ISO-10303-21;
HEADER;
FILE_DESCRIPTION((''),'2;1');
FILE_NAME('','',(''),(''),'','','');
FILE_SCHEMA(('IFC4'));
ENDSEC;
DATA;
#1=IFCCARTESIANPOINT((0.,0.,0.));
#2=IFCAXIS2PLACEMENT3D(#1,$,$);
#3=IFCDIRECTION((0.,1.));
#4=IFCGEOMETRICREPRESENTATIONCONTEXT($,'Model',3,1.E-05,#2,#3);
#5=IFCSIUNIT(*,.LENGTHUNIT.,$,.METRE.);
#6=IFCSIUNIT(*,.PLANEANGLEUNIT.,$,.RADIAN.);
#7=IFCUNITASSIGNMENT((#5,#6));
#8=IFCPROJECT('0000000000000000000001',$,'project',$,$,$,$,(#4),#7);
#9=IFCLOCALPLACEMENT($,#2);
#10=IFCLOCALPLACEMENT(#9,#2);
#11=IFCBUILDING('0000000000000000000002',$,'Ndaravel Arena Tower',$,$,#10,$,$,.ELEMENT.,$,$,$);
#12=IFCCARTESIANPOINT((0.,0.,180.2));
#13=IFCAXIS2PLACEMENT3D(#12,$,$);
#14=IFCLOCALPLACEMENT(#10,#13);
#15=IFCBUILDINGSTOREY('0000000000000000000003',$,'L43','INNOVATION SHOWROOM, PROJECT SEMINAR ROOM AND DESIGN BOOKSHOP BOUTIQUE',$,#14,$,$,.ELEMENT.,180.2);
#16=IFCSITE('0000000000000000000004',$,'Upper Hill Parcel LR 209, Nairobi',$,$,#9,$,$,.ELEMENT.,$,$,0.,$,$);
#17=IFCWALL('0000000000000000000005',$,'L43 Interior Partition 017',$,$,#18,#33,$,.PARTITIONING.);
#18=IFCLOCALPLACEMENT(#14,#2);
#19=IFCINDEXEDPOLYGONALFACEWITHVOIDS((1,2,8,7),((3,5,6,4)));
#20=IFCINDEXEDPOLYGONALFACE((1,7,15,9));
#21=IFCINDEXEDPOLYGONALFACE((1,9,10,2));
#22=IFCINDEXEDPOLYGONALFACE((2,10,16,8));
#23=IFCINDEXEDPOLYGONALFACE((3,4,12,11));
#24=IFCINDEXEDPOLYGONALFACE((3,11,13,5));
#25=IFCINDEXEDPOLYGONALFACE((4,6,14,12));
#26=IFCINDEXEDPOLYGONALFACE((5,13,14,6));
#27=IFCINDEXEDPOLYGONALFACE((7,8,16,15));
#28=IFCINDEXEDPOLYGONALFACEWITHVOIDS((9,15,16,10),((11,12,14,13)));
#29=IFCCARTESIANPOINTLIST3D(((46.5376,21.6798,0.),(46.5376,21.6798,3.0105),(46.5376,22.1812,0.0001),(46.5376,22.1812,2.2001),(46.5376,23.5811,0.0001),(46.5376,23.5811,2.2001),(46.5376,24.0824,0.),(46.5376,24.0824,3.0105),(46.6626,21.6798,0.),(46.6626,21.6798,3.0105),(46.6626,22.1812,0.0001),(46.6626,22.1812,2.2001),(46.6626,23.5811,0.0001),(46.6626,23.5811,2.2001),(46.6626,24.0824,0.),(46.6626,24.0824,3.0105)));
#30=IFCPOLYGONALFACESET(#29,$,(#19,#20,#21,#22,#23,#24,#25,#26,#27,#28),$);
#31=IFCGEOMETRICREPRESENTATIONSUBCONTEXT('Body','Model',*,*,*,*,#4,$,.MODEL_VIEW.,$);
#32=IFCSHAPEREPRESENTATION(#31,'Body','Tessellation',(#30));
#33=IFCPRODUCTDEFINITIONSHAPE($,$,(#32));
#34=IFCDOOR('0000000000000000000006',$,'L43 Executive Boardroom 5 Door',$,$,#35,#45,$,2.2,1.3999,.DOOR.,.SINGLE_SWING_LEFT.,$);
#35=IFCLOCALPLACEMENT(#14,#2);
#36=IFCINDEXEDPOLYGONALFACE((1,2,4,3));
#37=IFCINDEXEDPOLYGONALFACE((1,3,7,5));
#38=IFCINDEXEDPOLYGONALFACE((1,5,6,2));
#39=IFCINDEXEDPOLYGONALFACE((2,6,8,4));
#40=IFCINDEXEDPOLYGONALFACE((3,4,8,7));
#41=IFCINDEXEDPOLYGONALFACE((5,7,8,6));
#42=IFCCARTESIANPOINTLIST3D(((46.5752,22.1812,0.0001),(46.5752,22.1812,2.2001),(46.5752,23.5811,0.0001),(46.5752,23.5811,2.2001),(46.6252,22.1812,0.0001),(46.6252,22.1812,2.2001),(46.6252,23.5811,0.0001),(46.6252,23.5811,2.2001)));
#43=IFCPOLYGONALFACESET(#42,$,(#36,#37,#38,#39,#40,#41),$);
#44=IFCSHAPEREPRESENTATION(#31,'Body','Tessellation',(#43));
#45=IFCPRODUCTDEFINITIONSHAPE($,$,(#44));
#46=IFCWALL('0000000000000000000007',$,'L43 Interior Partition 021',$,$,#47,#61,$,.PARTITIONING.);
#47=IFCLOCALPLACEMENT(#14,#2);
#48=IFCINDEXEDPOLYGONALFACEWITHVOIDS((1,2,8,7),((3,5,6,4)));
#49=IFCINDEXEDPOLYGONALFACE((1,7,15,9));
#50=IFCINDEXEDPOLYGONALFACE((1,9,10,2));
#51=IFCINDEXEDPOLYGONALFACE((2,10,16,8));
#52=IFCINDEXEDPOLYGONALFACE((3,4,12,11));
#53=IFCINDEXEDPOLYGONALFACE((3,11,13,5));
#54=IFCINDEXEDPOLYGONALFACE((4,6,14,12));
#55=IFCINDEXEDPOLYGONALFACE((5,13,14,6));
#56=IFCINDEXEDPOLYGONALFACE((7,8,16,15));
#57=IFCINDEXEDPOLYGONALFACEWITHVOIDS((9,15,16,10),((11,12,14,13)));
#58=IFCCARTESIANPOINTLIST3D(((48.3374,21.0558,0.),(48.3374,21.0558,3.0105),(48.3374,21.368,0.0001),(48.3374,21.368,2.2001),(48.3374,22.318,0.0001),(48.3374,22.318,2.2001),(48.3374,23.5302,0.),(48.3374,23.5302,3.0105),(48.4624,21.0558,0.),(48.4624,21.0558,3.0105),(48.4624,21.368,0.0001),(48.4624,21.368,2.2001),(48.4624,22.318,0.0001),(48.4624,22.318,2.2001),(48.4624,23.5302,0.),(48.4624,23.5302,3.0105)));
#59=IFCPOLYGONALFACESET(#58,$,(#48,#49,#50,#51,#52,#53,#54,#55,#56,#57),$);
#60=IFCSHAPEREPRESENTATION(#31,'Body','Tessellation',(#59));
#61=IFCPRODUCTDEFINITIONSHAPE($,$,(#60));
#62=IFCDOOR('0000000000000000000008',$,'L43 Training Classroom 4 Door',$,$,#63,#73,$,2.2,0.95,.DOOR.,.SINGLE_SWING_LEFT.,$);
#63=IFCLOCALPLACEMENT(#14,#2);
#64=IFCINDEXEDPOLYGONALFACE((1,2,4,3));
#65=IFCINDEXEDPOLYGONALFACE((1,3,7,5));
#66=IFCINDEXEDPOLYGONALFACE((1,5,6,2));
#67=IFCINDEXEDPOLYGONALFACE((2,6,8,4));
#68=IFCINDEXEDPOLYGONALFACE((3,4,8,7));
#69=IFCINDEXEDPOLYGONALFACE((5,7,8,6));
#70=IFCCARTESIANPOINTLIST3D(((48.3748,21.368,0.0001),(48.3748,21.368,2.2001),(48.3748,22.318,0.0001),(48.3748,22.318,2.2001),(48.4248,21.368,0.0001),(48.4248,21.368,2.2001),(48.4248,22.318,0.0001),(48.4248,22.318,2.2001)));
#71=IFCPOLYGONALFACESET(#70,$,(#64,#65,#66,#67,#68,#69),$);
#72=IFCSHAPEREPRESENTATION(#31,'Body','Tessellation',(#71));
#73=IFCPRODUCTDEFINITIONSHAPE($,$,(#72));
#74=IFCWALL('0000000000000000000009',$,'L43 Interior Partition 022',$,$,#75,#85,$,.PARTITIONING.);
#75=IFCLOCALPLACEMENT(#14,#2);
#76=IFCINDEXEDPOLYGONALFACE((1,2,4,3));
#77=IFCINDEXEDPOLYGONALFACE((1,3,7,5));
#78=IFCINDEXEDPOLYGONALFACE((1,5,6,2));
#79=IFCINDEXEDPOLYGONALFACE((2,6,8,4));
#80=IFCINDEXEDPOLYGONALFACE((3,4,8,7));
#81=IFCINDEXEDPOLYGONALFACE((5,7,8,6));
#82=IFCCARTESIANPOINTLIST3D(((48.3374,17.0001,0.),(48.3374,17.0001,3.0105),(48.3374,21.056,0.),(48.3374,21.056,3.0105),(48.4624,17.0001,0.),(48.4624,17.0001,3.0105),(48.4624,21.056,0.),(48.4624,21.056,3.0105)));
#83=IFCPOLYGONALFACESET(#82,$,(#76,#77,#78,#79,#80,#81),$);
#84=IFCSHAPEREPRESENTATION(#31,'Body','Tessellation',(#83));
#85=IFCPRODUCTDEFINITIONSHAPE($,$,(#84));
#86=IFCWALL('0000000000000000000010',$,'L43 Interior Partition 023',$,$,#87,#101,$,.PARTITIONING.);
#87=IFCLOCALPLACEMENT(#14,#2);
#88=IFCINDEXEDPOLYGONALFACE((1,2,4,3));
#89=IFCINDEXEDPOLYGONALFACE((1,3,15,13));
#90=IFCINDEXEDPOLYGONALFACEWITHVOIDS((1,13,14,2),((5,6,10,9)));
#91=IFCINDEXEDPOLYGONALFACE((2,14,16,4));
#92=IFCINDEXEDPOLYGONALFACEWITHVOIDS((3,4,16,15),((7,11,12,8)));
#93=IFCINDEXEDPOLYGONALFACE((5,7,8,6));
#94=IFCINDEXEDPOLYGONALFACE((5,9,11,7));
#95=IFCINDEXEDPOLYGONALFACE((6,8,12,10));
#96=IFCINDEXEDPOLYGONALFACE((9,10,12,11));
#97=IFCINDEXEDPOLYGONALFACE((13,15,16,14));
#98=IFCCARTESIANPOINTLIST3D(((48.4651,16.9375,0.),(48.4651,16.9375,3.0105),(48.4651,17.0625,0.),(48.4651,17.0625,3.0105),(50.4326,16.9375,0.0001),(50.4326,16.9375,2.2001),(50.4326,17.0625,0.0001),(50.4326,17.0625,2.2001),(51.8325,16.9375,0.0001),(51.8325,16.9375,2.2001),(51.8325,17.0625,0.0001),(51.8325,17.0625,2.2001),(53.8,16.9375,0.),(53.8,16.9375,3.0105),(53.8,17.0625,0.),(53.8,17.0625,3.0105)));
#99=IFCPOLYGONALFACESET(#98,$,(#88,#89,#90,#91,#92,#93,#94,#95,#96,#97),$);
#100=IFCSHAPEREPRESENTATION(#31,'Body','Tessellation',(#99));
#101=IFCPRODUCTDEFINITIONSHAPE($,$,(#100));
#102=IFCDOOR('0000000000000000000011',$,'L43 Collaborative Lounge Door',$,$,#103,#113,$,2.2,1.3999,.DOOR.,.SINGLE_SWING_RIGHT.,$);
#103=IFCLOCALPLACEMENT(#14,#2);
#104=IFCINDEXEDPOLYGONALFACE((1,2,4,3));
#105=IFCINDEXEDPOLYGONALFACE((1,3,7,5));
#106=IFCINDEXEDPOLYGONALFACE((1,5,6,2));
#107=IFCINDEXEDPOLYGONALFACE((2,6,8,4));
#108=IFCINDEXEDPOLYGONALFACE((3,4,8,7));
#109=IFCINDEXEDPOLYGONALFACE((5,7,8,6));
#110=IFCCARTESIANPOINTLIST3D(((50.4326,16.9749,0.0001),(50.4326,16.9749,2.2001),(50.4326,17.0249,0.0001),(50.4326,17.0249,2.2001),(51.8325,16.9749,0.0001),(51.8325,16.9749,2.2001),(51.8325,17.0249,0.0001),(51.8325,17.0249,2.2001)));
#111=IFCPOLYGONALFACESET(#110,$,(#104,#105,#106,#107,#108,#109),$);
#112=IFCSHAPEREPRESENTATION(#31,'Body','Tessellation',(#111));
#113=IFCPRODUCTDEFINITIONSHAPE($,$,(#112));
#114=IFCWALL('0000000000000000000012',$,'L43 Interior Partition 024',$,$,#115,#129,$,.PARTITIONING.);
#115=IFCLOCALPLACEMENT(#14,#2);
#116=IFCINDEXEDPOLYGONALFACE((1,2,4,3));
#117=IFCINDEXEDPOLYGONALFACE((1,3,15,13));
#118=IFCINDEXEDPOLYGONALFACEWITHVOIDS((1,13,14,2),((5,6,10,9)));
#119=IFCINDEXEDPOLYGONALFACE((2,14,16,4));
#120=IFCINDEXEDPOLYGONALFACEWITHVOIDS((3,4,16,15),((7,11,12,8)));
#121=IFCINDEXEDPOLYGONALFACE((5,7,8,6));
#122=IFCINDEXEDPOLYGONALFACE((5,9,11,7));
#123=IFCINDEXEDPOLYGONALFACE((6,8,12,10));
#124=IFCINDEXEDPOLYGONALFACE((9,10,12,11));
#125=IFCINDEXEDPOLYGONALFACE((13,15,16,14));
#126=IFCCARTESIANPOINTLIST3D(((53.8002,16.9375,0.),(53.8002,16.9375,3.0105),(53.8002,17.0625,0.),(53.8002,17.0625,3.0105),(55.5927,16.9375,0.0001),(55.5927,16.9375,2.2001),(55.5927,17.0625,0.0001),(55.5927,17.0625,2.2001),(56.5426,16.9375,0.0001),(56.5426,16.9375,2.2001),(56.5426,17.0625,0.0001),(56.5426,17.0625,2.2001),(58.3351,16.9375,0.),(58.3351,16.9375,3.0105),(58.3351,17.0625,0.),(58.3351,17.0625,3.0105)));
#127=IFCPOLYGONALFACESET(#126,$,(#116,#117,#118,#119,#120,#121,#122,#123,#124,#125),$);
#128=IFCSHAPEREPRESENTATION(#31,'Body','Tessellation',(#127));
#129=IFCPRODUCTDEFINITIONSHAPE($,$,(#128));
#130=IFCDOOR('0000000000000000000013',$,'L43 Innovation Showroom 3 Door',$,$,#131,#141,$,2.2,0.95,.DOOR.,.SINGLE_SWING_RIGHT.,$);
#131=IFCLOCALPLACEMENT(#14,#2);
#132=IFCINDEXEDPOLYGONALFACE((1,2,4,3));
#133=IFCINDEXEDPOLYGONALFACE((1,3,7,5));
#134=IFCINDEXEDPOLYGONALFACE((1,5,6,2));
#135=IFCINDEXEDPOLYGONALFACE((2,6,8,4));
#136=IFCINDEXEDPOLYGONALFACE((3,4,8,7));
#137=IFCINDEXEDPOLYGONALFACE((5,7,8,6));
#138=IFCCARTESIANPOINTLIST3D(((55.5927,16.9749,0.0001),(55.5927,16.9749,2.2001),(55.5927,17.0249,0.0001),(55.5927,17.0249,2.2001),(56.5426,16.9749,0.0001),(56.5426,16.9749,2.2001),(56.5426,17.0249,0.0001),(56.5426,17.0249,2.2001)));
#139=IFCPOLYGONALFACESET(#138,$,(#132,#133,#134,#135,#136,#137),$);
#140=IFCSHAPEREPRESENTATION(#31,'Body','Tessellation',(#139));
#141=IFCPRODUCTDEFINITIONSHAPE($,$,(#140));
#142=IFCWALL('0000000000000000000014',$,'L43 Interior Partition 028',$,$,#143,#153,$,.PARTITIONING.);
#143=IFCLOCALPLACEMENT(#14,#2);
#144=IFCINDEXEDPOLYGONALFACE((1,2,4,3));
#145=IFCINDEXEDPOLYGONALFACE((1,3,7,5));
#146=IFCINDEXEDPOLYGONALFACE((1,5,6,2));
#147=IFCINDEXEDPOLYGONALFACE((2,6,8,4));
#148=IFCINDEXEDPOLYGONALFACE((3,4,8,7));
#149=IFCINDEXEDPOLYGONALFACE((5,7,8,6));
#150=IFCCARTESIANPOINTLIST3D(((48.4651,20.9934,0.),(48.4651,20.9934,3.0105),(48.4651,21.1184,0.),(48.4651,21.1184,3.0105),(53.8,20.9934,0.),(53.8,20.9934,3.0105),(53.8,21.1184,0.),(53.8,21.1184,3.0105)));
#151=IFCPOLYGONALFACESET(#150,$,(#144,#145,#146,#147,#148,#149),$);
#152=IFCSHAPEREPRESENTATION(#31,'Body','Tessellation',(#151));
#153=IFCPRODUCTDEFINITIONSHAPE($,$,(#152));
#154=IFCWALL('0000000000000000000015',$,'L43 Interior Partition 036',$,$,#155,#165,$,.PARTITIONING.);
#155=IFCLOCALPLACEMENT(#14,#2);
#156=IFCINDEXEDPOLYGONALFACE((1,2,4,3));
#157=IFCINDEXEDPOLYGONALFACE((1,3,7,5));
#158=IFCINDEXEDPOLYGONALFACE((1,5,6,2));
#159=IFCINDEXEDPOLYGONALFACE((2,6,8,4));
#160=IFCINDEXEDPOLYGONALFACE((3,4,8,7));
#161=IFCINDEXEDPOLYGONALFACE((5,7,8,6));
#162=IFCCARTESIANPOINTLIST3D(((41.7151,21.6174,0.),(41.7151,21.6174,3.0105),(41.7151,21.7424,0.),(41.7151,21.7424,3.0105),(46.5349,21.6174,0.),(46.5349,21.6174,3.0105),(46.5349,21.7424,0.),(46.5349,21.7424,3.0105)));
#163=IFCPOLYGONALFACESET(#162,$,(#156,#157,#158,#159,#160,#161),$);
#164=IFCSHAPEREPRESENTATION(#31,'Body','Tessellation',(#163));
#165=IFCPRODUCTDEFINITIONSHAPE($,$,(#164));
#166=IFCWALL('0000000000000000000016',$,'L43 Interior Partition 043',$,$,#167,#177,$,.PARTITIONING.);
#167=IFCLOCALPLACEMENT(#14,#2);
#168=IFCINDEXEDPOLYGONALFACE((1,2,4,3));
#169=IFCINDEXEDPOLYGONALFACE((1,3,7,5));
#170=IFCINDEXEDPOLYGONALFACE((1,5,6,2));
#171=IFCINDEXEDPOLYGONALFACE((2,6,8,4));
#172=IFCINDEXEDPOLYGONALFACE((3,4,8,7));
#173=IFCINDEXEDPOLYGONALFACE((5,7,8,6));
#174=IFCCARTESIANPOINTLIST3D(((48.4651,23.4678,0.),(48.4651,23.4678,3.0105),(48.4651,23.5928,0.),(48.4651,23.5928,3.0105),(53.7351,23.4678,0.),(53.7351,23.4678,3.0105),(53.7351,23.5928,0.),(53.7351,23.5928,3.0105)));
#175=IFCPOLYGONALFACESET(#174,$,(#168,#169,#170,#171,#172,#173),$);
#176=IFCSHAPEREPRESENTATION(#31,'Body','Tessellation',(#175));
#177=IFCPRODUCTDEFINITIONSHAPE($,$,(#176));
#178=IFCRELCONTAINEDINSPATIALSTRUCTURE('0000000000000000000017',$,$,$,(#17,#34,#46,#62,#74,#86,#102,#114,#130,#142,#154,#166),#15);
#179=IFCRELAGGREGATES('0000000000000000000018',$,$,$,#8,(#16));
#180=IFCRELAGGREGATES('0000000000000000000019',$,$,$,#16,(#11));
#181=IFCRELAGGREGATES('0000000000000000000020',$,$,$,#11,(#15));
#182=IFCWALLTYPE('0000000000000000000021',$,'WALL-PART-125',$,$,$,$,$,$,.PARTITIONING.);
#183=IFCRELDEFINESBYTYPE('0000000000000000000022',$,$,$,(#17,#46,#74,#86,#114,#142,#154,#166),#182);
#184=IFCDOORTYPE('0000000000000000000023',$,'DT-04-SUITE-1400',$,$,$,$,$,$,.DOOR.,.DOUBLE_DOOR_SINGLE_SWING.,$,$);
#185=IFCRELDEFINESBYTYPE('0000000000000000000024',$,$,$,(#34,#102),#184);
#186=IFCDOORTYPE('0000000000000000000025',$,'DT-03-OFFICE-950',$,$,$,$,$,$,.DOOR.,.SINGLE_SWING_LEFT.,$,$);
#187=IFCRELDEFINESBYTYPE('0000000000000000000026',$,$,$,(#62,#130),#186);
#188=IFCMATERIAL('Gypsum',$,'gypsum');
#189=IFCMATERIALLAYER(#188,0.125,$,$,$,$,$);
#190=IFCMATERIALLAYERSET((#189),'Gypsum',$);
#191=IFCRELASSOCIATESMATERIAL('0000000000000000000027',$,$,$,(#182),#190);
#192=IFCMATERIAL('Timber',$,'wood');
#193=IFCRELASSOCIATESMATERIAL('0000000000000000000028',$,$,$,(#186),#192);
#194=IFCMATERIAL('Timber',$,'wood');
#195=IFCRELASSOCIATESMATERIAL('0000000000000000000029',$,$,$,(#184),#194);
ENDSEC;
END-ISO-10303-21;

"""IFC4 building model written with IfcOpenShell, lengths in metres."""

from ifc_helpers import new_model, si_unit, direction, frame, frame_2d, origin, place, context, subcontext, project, spatial, rectangle, extrude, material, layer, layer_set, type_object, element, fill, save


model = new_model("IFC4")

# Units and contexts
model_context = context("Model", 3, precision=1e-05, world=origin(), true_north=direction((0.0, 1.0)))
body_context = subcontext(model_context, "Body", "Model", "MODEL_VIEW")
ifc_project = project(units=[si_unit("LENGTHUNIT", "METRE"), si_unit("PLANEANGLEUNIT", "RADIAN")], contexts=[model_context])

# Site, building, storey
site_placement = place(None, origin())
site = spatial("IfcSite", under=ifc_project, at=site_placement, Name="Upper Hill Parcel LR 209, Nairobi", CompositionType="ELEMENT", RefElevation=0.0)
building_placement = place(site_placement, origin())
building = spatial("IfcBuilding", under=site, at=building_placement, Name="Ndaravel Arena Tower", CompositionType="ELEMENT")
storey_placement = place(building_placement, frame((0.0, 0.0, 180.2)))
storey = spatial("IfcBuildingStorey", under=building, at=storey_placement, Name="L43", Description="INNOVATION SHOWROOM, PROJECT SEMINAR ROOM AND DESIGN BOOKSHOP BOUTIQUE", CompositionType="ELEMENT", Elevation=180.2)

# Shared definitions
ifc_material_1 = material(Name="Gypsum", Category="gypsum")
ifc_layer_1 = layer(ifc_material_1, 0.125)
ifc_layer_set_1 = layer_set([ifc_layer_1], Name="Gypsum")
wall_type_1 = type_object("IfcWallType", Name="WALL-PART-125", PredefinedType="PARTITIONING", material=ifc_layer_set_1)
ifc_material_2 = material(Name="Timber", Category="wood")
door_type_1 = type_object("IfcDoorType", Name="DT-03-OFFICE-950", OperationType="SINGLE_SWING_LEFT", PredefinedType="DOOR", material=ifc_material_2)

# Walls, openings, doors
wall_1_placement = place(storey_placement, frame((46.6001, 21.6799, 0.0), z_axis=(0.0, 0.0, 1.0), x_axis=(0.0, 1.0, 0.0)))
wall_1 = element("IfcWall", 1, at=wall_1_placement, inside=storey, type_object=wall_type_1, Name="L43 Interior Partition 017", PredefinedType="PARTITIONING", context=body_context, shape_type="SweptSolid", body=[
    extrude(rectangle(XDim=2.4026, YDim=0.125, at=frame_2d((1.2012, 0.0))), origin(), (0.0, 0.0, 1.0), 3.0105),
])
opening_1_placement = place(wall_1_placement, frame((0.5012, 0.0, 0.0)))
opening_1 = element("IfcOpeningElement", 2, at=opening_1_placement, cuts=wall_1, PredefinedType="OPENING", context=body_context, shape_type="SweptSolid", body=[
    extrude(rectangle(XDim=1.3999, YDim=2.2, at=frame_2d((0.7, 1.1001))), frame((0.0, 0.0625, 0.0), z_axis=(0.0, -1.0, 0.0), x_axis=(1.0, 0.0, 0.0)), (0.0, 0.0, 1.0), 0.125),
])
ifc_material_3 = material(Name="Timber", Category="wood")
door_type_2 = type_object("IfcDoorType", Name="DT-04-SUITE-1400", OperationType="DOUBLE_DOOR_SINGLE_SWING", PredefinedType="DOOR", material=ifc_material_3)
door_1_placement = place(opening_1_placement, origin())
door_1 = element("IfcDoor", 3, at=door_1_placement, inside=storey, type_object=door_type_2, Name="L43 Executive Boardroom 5 Door", OperationType="SINGLE_SWING_LEFT", OverallHeight=2.2, OverallWidth=1.3999, PredefinedType="DOOR", context=body_context, shape_type="SweptSolid", body=[
    extrude(rectangle(XDim=1.3999, YDim=2.2, at=frame_2d((0.7, 1.1001))), frame((0.0, 0.0249, 0.0), z_axis=(0.0, -1.0, 0.0), x_axis=(1.0, 0.0, 0.0)), (0.0, 0.0, 1.0), 0.05),
])
fill(opening_1, door_1)
wall_2_placement = place(storey_placement, frame((48.3999, 23.5303, 0.0), z_axis=(0.0, 0.0, 1.0), x_axis=(0.0, -1.0, 0.0)))
wall_2 = element("IfcWall", 4, at=wall_2_placement, inside=storey, type_object=wall_type_1, Name="L43 Interior Partition 021", PredefinedType="PARTITIONING", context=body_context, shape_type="SweptSolid", body=[
    extrude(rectangle(XDim=2.4744, YDim=0.125, at=frame_2d((1.2373, 0.0))), origin(), (0.0, 0.0, 1.0), 3.0105),
])
opening_2_placement = place(wall_2_placement, frame((1.2122, 0.0, 0.0)))
opening_2 = element("IfcOpeningElement", 5, at=opening_2_placement, cuts=wall_2, PredefinedType="OPENING", context=body_context, shape_type="SweptSolid", body=[
    extrude(rectangle(XDim=0.95, YDim=2.2, at=frame_2d((0.4751, 1.1001))), frame((0.0, 0.0625, 0.0), z_axis=(0.0, -1.0, 0.0), x_axis=(1.0, 0.0, 0.0)), (0.0, 0.0, 1.0), 0.125),
])
door_2_placement = place(opening_2_placement, origin())
door_2 = element("IfcDoor", 6, at=door_2_placement, inside=storey, type_object=door_type_1, Name="L43 Training Classroom 4 Door", OperationType="SINGLE_SWING_LEFT", OverallHeight=2.2, OverallWidth=0.95, PredefinedType="DOOR", context=body_context, shape_type="SweptSolid", body=[
    extrude(rectangle(XDim=0.95, YDim=2.2, at=frame_2d((0.4751, 1.1001))), frame((0.0, 0.0249, 0.0), z_axis=(0.0, -1.0, 0.0), x_axis=(1.0, 0.0, 0.0)), (0.0, 0.0, 1.0), 0.05),
])
fill(opening_2, door_2)

# Wall
wall_3_placement = place(storey_placement, frame((48.3999, 21.0559, 0.0), z_axis=(0.0, 0.0, 1.0), x_axis=(0.0, -1.0, 0.0)))
element("IfcWall", 7, at=wall_3_placement, inside=storey, type_object=wall_type_1, Name="L43 Interior Partition 022", PredefinedType="PARTITIONING", context=body_context, shape_type="SweptSolid", body=[
    extrude(rectangle(XDim=4.0559, YDim=0.125, at=frame_2d((2.0278, 0.0))), origin(), (0.0, 0.0, 1.0), 3.0105),
])

# Walls, openings, doors
wall_4_placement = place(storey_placement, frame((48.4651, 17.0, 0.0), z_axis=(0.0, 0.0, 1.0), x_axis=(1.0, 0.0, 0.0)))
wall_4 = element("IfcWall", 8, at=wall_4_placement, inside=storey, type_object=wall_type_1, Name="L43 Interior Partition 023", PredefinedType="PARTITIONING", context=body_context, shape_type="SweptSolid", body=[
    extrude(rectangle(XDim=5.335, YDim=0.125, at=frame_2d((2.6675, 0.0))), origin(), (0.0, 0.0, 1.0), 3.0105),
])
opening_3_placement = place(wall_4_placement, frame((1.9675, 0.0, 0.0)))
opening_3 = element("IfcOpeningElement", 9, at=opening_3_placement, cuts=wall_4, PredefinedType="OPENING", context=body_context, shape_type="SweptSolid", body=[
    extrude(rectangle(XDim=1.3999, YDim=2.2, at=frame_2d((0.7, 1.1001))), frame((0.0, 0.0625, 0.0), z_axis=(0.0, -1.0, 0.0), x_axis=(1.0, 0.0, 0.0)), (0.0, 0.0, 1.0), 0.125),
])
door_3_placement = place(opening_3_placement, origin())
door_3 = element("IfcDoor", 10, at=door_3_placement, inside=storey, type_object=door_type_2, Name="L43 Collaborative Lounge Door", OperationType="SINGLE_SWING_RIGHT", OverallHeight=2.2, OverallWidth=1.3999, PredefinedType="DOOR", context=body_context, shape_type="SweptSolid", body=[
    extrude(rectangle(XDim=1.3999, YDim=2.2, at=frame_2d((0.7, 1.1001))), frame((0.0, 0.0249, 0.0), z_axis=(0.0, -1.0, 0.0), x_axis=(1.0, 0.0, 0.0)), (0.0, 0.0, 1.0), 0.05),
])
fill(opening_3, door_3)
wall_5_placement = place(storey_placement, frame((53.8, 17.0, 0.0), z_axis=(0.0, 0.0, 1.0), x_axis=(1.0, 0.0, 0.0)))
wall_5 = element("IfcWall", 11, at=wall_5_placement, inside=storey, type_object=wall_type_1, Name="L43 Interior Partition 024", PredefinedType="PARTITIONING", context=body_context, shape_type="SweptSolid", body=[
    extrude(rectangle(XDim=4.5349, YDim=0.125, at=frame_2d((2.2676, 0.0))), origin(), (0.0, 0.0, 1.0), 3.0105),
])
opening_4_placement = place(wall_5_placement, frame((1.7925, 0.0, 0.0)))
opening_4 = element("IfcOpeningElement", 12, at=opening_4_placement, cuts=wall_5, PredefinedType="OPENING", context=body_context, shape_type="SweptSolid", body=[
    extrude(rectangle(XDim=0.95, YDim=2.2, at=frame_2d((0.4751, 1.1001))), frame((0.0, 0.0625, 0.0), z_axis=(0.0, -1.0, 0.0), x_axis=(1.0, 0.0, 0.0)), (0.0, 0.0, 1.0), 0.125),
])
door_4_placement = place(opening_4_placement, origin())
door_4 = element("IfcDoor", 13, at=door_4_placement, inside=storey, type_object=door_type_1, Name="L43 Innovation Showroom 3 Door", OperationType="SINGLE_SWING_RIGHT", OverallHeight=2.2, OverallWidth=0.95, PredefinedType="DOOR", context=body_context, shape_type="SweptSolid", body=[
    extrude(rectangle(XDim=0.95, YDim=2.2, at=frame_2d((0.4751, 1.1001))), frame((0.0, 0.0249, 0.0), z_axis=(0.0, -1.0, 0.0), x_axis=(1.0, 0.0, 0.0)), (0.0, 0.0, 1.0), 0.05),
])
fill(opening_4, door_4)

# Walls
wall_6_placement = place(storey_placement, frame((48.4651, 21.0559, 0.0), z_axis=(0.0, 0.0, 1.0), x_axis=(1.0, 0.0, 0.0)))
element("IfcWall", 14, at=wall_6_placement, inside=storey, type_object=wall_type_1, Name="L43 Interior Partition 028", PredefinedType="PARTITIONING", context=body_context, shape_type="SweptSolid", body=[
    extrude(rectangle(XDim=5.335, YDim=0.125, at=frame_2d((2.6675, 0.0))), origin(), (0.0, 0.0, 1.0), 3.0105),
])
wall_7_placement = place(storey_placement, frame((41.7151, 21.6799, 0.0), z_axis=(0.0, 0.0, 1.0), x_axis=(1.0, 0.0, 0.0)))
element("IfcWall", 15, at=wall_7_placement, inside=storey, type_object=wall_type_1, Name="L43 Interior Partition 036", PredefinedType="PARTITIONING", context=body_context, shape_type="SweptSolid", body=[
    extrude(rectangle(XDim=4.8198, YDim=0.125, at=frame_2d((2.4099, 0.0))), origin(), (0.0, 0.0, 1.0), 3.0105),
])
wall_8_placement = place(storey_placement, frame((48.4651, 23.5303, 0.0), z_axis=(0.0, 0.0, 1.0), x_axis=(1.0, 0.0, 0.0)))
element("IfcWall", 16, at=wall_8_placement, inside=storey, type_object=wall_type_1, Name="L43 Interior Partition 043", PredefinedType="PARTITIONING", context=body_context, shape_type="SweptSolid", body=[
    extrude(rectangle(XDim=5.27, YDim=0.125, at=frame_2d((2.635, 0.0))), origin(), (0.0, 0.0, 1.0), 3.0105),
])

save(model, "model.ifc")
